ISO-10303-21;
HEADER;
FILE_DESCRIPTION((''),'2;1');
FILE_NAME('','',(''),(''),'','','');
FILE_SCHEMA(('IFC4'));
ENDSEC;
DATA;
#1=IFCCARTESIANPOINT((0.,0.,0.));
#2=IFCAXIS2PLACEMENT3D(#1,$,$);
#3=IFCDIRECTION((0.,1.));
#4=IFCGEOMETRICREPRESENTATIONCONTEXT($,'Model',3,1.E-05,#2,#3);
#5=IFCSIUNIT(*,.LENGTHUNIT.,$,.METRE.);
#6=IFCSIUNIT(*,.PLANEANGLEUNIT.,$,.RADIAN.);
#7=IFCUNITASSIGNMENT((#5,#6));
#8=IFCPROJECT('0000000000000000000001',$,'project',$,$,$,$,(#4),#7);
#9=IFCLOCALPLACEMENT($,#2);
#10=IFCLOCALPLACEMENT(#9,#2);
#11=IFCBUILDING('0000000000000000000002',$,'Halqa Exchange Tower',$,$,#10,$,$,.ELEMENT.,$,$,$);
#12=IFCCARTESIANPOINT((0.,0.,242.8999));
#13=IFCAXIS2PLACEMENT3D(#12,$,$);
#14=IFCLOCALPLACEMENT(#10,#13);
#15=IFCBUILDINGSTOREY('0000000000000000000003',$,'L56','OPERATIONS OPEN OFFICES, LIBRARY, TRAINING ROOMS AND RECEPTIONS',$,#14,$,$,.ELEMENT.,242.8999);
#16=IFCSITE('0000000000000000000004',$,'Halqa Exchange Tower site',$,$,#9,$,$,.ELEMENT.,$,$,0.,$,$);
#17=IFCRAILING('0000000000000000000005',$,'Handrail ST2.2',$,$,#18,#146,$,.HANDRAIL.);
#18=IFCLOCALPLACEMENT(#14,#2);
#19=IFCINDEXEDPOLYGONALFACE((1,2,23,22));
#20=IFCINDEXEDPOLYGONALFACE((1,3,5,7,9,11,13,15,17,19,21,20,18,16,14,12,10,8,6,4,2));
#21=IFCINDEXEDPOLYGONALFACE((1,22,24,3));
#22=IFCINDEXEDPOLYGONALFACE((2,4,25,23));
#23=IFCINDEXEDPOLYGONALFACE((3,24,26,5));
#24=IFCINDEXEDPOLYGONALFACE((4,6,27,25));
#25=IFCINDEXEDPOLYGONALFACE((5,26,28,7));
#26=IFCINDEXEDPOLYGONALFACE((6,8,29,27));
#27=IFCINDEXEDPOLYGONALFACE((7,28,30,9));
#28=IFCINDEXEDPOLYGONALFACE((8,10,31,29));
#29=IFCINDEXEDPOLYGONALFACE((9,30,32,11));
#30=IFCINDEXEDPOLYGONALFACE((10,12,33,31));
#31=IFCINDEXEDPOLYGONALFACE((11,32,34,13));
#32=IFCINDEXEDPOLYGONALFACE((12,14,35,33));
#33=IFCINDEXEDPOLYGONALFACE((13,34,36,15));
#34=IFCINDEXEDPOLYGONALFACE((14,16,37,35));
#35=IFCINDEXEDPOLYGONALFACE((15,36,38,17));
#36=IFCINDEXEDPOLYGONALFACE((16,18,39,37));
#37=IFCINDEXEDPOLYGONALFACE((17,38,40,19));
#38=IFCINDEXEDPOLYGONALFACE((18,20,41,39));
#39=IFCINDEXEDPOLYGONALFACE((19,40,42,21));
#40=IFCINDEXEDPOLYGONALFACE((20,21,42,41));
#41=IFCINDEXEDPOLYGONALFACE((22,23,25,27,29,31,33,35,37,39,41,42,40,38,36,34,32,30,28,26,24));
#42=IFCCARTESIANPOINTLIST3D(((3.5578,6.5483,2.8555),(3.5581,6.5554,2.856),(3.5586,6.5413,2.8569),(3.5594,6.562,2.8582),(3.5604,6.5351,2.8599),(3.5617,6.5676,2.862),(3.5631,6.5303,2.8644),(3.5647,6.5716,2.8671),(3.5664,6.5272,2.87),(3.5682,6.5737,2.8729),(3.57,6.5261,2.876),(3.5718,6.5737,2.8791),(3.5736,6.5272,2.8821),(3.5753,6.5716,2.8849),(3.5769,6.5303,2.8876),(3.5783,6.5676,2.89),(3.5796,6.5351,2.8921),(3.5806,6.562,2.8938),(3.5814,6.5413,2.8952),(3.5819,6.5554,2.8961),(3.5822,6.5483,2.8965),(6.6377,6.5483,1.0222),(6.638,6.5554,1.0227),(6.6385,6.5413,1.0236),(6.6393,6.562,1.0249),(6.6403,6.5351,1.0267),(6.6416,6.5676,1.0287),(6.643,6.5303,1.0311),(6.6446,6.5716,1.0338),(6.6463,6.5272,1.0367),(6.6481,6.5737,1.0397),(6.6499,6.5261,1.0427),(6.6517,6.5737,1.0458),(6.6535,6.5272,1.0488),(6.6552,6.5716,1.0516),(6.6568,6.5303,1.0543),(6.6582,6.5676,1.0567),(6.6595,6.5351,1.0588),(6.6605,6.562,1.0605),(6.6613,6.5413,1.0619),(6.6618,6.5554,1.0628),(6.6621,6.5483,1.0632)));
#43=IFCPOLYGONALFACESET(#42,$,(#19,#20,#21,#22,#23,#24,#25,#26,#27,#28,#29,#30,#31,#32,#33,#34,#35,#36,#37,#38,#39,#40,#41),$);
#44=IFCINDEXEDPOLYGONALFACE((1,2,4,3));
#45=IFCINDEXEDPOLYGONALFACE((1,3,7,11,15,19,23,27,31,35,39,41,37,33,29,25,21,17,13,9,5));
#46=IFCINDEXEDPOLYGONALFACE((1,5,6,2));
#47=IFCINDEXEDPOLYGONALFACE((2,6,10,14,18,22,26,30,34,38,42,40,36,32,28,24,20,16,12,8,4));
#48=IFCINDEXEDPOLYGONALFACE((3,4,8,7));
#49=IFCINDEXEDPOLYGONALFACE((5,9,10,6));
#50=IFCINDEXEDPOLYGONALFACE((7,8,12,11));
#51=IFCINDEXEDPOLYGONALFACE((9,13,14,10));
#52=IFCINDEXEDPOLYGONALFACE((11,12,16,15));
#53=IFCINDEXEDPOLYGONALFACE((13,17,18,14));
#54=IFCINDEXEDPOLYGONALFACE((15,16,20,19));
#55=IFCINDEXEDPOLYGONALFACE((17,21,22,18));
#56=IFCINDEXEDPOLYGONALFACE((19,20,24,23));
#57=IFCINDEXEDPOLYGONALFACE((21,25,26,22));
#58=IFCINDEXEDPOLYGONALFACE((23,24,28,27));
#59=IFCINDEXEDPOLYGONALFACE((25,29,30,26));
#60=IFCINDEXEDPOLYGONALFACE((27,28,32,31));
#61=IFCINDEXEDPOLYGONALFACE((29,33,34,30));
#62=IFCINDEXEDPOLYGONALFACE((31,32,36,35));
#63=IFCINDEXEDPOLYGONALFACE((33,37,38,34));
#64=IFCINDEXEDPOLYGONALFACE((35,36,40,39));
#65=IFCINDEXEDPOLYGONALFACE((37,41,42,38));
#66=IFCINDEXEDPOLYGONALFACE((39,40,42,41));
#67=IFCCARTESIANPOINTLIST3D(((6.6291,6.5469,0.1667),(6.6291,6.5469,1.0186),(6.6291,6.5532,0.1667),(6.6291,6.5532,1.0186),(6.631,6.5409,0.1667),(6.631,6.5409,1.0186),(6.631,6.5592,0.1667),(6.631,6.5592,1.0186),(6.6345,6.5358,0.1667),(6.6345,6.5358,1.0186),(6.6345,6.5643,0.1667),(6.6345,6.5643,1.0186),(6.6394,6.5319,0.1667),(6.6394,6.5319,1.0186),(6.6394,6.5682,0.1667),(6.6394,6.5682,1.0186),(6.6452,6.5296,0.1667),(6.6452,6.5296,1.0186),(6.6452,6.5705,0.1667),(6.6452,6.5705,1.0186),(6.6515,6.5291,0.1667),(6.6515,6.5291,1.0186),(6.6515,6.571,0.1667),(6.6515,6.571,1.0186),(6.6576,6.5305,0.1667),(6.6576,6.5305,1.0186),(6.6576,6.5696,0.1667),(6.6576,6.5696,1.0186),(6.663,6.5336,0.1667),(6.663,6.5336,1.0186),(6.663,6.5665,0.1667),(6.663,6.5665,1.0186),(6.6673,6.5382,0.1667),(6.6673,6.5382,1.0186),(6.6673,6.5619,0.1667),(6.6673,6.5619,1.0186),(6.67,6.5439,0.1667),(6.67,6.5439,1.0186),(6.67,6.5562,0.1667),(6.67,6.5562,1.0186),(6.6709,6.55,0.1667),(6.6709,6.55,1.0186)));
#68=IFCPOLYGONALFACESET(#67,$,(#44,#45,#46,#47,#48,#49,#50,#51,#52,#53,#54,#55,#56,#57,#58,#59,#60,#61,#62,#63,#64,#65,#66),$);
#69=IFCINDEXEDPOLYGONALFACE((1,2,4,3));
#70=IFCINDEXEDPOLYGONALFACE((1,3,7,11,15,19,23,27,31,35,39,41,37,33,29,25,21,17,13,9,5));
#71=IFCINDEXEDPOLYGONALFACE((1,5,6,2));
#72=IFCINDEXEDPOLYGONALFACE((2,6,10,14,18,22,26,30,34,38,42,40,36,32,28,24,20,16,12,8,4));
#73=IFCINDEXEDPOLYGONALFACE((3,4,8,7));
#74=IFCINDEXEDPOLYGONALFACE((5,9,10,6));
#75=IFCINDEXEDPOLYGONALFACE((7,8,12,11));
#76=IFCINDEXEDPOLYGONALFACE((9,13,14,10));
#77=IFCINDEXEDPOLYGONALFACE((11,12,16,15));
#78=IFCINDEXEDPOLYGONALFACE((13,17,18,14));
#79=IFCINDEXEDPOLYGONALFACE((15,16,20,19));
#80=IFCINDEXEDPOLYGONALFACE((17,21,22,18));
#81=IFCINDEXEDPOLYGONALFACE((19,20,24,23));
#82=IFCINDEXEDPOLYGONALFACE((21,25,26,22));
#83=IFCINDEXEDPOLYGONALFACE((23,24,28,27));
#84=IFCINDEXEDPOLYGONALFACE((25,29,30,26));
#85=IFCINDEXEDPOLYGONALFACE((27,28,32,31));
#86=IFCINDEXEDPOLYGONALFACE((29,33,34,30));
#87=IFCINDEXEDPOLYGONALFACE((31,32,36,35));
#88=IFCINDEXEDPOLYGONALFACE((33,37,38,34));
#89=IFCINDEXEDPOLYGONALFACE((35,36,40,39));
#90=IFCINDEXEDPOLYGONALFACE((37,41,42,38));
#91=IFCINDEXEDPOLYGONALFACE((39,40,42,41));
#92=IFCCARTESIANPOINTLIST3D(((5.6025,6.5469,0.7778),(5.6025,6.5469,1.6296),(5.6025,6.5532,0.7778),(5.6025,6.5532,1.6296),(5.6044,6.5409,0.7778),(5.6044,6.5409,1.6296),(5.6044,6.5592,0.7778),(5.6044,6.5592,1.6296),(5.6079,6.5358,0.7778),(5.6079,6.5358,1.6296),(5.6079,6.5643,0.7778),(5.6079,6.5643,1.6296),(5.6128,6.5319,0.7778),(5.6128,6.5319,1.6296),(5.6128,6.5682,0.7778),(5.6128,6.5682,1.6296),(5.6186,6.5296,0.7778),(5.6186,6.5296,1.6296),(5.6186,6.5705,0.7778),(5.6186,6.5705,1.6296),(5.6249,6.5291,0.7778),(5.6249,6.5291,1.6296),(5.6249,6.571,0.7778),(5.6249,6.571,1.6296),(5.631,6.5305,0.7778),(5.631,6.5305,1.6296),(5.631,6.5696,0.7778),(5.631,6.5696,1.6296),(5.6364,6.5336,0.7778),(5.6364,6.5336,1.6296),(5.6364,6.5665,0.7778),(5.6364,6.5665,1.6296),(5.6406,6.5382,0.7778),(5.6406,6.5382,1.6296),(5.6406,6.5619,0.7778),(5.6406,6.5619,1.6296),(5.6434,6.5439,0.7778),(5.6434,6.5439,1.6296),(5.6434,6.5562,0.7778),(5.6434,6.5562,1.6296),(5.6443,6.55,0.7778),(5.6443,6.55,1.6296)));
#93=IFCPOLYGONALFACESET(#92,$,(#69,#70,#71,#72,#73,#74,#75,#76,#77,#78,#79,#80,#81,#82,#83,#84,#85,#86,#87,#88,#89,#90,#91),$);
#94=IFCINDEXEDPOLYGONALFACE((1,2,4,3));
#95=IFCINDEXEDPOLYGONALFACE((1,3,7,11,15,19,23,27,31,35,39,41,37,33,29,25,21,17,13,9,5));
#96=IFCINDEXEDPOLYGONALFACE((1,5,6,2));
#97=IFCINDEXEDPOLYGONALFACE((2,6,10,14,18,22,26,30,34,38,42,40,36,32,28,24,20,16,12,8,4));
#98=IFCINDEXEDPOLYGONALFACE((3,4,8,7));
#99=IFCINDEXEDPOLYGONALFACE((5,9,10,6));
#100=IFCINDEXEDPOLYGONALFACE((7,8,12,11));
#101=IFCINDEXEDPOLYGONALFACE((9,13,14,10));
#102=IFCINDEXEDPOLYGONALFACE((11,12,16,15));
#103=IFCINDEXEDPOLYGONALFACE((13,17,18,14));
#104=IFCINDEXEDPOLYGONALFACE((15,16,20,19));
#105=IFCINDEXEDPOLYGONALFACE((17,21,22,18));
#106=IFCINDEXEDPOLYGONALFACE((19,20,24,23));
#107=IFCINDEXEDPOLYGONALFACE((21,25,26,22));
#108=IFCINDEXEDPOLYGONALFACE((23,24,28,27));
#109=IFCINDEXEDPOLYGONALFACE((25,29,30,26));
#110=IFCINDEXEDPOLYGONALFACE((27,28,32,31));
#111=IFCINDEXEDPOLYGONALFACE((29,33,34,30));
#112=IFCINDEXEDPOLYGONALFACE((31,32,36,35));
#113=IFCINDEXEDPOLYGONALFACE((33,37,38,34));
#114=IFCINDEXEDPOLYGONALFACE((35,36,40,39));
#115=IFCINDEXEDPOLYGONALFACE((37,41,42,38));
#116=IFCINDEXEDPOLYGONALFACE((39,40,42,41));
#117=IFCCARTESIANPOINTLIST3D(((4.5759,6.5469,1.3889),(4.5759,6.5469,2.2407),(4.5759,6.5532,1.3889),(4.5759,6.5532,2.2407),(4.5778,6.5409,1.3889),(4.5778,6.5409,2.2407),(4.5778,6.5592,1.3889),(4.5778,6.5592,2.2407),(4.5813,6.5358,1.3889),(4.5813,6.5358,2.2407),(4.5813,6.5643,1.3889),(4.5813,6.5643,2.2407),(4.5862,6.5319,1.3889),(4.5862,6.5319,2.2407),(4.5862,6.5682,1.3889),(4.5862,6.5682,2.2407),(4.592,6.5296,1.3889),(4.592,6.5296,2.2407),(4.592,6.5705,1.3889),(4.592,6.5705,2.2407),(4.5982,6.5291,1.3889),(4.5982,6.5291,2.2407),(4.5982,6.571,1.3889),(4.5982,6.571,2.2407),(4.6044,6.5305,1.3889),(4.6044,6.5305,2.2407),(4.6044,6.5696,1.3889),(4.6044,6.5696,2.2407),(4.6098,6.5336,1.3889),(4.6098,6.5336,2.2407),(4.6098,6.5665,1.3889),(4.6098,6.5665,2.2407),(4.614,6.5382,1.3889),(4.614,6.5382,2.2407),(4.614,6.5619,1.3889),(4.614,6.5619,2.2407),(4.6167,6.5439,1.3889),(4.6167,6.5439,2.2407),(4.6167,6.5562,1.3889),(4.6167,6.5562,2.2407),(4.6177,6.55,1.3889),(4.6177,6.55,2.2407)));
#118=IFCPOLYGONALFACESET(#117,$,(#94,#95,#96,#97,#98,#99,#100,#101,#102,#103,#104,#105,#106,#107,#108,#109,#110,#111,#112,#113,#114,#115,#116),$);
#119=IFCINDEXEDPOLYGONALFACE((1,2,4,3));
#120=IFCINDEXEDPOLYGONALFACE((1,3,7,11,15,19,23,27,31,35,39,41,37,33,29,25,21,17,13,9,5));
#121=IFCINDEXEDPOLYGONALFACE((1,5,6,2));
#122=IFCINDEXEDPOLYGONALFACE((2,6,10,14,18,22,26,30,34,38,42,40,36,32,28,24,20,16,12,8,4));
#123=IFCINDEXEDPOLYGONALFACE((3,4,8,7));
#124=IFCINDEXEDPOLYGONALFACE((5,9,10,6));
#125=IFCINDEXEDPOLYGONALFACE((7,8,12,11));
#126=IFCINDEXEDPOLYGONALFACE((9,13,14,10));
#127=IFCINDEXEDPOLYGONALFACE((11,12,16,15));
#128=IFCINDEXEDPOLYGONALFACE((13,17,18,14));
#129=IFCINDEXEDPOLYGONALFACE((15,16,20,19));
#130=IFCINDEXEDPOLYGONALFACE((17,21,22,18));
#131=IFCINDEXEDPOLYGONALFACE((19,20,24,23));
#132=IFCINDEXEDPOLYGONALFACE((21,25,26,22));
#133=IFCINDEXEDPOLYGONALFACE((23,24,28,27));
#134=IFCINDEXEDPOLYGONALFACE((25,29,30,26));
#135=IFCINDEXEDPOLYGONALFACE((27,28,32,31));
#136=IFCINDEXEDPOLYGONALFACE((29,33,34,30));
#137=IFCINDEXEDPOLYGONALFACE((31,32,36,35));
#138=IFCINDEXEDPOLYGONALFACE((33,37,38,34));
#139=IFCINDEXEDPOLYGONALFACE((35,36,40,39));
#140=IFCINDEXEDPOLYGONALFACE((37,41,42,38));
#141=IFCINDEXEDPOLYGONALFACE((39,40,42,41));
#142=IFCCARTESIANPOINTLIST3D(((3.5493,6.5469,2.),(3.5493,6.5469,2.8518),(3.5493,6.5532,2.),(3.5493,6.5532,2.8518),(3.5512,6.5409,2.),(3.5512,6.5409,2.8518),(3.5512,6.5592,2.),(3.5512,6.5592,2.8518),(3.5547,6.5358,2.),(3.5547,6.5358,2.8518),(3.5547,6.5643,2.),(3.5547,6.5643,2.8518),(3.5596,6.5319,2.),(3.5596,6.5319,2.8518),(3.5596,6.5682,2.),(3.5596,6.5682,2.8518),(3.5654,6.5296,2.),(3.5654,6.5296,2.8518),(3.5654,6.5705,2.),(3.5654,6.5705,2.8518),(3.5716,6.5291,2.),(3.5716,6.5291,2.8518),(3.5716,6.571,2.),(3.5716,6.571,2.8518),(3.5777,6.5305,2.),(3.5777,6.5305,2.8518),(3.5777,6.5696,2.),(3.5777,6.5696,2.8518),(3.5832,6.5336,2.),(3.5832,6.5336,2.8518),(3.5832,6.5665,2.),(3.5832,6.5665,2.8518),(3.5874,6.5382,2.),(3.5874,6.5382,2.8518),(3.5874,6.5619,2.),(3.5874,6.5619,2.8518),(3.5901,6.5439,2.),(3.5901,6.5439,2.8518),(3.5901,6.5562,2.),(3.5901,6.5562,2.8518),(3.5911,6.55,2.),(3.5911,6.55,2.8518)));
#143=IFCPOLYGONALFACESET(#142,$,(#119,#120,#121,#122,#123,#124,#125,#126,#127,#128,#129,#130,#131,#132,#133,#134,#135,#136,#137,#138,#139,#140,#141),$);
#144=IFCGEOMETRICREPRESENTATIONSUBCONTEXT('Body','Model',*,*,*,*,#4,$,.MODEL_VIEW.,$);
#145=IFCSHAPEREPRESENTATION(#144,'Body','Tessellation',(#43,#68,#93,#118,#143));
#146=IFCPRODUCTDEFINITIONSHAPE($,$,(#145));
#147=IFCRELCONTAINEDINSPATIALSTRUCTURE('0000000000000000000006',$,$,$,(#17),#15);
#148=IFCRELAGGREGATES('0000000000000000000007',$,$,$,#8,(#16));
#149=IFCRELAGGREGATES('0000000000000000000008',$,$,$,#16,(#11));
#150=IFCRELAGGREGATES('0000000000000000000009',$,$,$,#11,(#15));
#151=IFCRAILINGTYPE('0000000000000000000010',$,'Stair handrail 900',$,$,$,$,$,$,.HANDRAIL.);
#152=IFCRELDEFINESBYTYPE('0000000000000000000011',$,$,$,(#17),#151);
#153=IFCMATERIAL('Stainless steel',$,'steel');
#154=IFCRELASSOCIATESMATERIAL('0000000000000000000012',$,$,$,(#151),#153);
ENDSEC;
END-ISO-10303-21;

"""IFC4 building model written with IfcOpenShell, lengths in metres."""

from ifc_helpers import new_model, si_unit, direction, frame, origin, origin_2d, place, context, subcontext, project, spatial, circle, extrude, material, type_object, element, save


model = new_model("IFC4")

# Units and contexts
model_context = context("Model", 3, precision=1e-05, world=origin(), true_north=direction((0.0, 1.0)))
body_context = subcontext(model_context, "Body", "Model", "MODEL_VIEW")
ifc_project = project(units=[si_unit("LENGTHUNIT", "METRE"), si_unit("PLANEANGLEUNIT", "RADIAN")], contexts=[model_context])

# Site, building, storey
site_placement = place(None, origin())
site = spatial("IfcSite", under=ifc_project, at=site_placement, Name="Halqa Exchange Tower site", CompositionType="ELEMENT", RefElevation=0.0)
building_placement = place(site_placement, origin())
building = spatial("IfcBuilding", under=site, at=building_placement, Name="Halqa Exchange Tower", CompositionType="ELEMENT")
storey_placement = place(building_placement, frame((0.0, 0.0, 242.8999)))
storey = spatial("IfcBuildingStorey", under=building, at=storey_placement, Name="L56", Description="OPERATIONS OPEN OFFICES, LIBRARY, TRAINING ROOMS AND RECEPTIONS", CompositionType="ELEMENT", Elevation=242.8999)

# Railing
ifc_material_1 = material(Name="Stainless steel", Category="steel")
railing_type_1 = type_object("IfcRailingType", Name="Stair handrail 900", PredefinedType="HANDRAIL", material=ifc_material_1)
railing_1_placement = place(storey_placement, frame((6.6499, 6.55, 0.1667)))
element("IfcRailing", 1, at=railing_1_placement, inside=storey, type_object=railing_type_1, Name="Handrail ST2.2", PredefinedType="HANDRAIL", context=body_context, shape_type="SweptSolid", body=[
    extrude(circle(Radius=0.0239, at=origin_2d()), frame((0.0, 0.0, 0.876), z_axis=(-0.859291, 0.0, 0.511487), x_axis=(0.0, -1.0, 0.0)), (0.0, 0.0, 1.0), 3.5842),
    extrude(circle(Radius=0.021, at=origin_2d()), origin(), (0.0, 0.0, 1.0), 0.8518),
    extrude(circle(Radius=0.021, at=origin_2d()), frame((-1.0266, 0.0, 0.6111)), (0.0, 0.0, 1.0), 0.8518),
    extrude(circle(Radius=0.021, at=origin_2d()), frame((-2.0532, 0.0, 1.2222)), (0.0, 0.0, 1.0), 0.8518),
    extrude(circle(Radius=0.021, at=origin_2d()), frame((-3.0798, 0.0, 1.8333)), (0.0, 0.0, 1.0), 0.8518),
])

save(model, "model.ifc")
